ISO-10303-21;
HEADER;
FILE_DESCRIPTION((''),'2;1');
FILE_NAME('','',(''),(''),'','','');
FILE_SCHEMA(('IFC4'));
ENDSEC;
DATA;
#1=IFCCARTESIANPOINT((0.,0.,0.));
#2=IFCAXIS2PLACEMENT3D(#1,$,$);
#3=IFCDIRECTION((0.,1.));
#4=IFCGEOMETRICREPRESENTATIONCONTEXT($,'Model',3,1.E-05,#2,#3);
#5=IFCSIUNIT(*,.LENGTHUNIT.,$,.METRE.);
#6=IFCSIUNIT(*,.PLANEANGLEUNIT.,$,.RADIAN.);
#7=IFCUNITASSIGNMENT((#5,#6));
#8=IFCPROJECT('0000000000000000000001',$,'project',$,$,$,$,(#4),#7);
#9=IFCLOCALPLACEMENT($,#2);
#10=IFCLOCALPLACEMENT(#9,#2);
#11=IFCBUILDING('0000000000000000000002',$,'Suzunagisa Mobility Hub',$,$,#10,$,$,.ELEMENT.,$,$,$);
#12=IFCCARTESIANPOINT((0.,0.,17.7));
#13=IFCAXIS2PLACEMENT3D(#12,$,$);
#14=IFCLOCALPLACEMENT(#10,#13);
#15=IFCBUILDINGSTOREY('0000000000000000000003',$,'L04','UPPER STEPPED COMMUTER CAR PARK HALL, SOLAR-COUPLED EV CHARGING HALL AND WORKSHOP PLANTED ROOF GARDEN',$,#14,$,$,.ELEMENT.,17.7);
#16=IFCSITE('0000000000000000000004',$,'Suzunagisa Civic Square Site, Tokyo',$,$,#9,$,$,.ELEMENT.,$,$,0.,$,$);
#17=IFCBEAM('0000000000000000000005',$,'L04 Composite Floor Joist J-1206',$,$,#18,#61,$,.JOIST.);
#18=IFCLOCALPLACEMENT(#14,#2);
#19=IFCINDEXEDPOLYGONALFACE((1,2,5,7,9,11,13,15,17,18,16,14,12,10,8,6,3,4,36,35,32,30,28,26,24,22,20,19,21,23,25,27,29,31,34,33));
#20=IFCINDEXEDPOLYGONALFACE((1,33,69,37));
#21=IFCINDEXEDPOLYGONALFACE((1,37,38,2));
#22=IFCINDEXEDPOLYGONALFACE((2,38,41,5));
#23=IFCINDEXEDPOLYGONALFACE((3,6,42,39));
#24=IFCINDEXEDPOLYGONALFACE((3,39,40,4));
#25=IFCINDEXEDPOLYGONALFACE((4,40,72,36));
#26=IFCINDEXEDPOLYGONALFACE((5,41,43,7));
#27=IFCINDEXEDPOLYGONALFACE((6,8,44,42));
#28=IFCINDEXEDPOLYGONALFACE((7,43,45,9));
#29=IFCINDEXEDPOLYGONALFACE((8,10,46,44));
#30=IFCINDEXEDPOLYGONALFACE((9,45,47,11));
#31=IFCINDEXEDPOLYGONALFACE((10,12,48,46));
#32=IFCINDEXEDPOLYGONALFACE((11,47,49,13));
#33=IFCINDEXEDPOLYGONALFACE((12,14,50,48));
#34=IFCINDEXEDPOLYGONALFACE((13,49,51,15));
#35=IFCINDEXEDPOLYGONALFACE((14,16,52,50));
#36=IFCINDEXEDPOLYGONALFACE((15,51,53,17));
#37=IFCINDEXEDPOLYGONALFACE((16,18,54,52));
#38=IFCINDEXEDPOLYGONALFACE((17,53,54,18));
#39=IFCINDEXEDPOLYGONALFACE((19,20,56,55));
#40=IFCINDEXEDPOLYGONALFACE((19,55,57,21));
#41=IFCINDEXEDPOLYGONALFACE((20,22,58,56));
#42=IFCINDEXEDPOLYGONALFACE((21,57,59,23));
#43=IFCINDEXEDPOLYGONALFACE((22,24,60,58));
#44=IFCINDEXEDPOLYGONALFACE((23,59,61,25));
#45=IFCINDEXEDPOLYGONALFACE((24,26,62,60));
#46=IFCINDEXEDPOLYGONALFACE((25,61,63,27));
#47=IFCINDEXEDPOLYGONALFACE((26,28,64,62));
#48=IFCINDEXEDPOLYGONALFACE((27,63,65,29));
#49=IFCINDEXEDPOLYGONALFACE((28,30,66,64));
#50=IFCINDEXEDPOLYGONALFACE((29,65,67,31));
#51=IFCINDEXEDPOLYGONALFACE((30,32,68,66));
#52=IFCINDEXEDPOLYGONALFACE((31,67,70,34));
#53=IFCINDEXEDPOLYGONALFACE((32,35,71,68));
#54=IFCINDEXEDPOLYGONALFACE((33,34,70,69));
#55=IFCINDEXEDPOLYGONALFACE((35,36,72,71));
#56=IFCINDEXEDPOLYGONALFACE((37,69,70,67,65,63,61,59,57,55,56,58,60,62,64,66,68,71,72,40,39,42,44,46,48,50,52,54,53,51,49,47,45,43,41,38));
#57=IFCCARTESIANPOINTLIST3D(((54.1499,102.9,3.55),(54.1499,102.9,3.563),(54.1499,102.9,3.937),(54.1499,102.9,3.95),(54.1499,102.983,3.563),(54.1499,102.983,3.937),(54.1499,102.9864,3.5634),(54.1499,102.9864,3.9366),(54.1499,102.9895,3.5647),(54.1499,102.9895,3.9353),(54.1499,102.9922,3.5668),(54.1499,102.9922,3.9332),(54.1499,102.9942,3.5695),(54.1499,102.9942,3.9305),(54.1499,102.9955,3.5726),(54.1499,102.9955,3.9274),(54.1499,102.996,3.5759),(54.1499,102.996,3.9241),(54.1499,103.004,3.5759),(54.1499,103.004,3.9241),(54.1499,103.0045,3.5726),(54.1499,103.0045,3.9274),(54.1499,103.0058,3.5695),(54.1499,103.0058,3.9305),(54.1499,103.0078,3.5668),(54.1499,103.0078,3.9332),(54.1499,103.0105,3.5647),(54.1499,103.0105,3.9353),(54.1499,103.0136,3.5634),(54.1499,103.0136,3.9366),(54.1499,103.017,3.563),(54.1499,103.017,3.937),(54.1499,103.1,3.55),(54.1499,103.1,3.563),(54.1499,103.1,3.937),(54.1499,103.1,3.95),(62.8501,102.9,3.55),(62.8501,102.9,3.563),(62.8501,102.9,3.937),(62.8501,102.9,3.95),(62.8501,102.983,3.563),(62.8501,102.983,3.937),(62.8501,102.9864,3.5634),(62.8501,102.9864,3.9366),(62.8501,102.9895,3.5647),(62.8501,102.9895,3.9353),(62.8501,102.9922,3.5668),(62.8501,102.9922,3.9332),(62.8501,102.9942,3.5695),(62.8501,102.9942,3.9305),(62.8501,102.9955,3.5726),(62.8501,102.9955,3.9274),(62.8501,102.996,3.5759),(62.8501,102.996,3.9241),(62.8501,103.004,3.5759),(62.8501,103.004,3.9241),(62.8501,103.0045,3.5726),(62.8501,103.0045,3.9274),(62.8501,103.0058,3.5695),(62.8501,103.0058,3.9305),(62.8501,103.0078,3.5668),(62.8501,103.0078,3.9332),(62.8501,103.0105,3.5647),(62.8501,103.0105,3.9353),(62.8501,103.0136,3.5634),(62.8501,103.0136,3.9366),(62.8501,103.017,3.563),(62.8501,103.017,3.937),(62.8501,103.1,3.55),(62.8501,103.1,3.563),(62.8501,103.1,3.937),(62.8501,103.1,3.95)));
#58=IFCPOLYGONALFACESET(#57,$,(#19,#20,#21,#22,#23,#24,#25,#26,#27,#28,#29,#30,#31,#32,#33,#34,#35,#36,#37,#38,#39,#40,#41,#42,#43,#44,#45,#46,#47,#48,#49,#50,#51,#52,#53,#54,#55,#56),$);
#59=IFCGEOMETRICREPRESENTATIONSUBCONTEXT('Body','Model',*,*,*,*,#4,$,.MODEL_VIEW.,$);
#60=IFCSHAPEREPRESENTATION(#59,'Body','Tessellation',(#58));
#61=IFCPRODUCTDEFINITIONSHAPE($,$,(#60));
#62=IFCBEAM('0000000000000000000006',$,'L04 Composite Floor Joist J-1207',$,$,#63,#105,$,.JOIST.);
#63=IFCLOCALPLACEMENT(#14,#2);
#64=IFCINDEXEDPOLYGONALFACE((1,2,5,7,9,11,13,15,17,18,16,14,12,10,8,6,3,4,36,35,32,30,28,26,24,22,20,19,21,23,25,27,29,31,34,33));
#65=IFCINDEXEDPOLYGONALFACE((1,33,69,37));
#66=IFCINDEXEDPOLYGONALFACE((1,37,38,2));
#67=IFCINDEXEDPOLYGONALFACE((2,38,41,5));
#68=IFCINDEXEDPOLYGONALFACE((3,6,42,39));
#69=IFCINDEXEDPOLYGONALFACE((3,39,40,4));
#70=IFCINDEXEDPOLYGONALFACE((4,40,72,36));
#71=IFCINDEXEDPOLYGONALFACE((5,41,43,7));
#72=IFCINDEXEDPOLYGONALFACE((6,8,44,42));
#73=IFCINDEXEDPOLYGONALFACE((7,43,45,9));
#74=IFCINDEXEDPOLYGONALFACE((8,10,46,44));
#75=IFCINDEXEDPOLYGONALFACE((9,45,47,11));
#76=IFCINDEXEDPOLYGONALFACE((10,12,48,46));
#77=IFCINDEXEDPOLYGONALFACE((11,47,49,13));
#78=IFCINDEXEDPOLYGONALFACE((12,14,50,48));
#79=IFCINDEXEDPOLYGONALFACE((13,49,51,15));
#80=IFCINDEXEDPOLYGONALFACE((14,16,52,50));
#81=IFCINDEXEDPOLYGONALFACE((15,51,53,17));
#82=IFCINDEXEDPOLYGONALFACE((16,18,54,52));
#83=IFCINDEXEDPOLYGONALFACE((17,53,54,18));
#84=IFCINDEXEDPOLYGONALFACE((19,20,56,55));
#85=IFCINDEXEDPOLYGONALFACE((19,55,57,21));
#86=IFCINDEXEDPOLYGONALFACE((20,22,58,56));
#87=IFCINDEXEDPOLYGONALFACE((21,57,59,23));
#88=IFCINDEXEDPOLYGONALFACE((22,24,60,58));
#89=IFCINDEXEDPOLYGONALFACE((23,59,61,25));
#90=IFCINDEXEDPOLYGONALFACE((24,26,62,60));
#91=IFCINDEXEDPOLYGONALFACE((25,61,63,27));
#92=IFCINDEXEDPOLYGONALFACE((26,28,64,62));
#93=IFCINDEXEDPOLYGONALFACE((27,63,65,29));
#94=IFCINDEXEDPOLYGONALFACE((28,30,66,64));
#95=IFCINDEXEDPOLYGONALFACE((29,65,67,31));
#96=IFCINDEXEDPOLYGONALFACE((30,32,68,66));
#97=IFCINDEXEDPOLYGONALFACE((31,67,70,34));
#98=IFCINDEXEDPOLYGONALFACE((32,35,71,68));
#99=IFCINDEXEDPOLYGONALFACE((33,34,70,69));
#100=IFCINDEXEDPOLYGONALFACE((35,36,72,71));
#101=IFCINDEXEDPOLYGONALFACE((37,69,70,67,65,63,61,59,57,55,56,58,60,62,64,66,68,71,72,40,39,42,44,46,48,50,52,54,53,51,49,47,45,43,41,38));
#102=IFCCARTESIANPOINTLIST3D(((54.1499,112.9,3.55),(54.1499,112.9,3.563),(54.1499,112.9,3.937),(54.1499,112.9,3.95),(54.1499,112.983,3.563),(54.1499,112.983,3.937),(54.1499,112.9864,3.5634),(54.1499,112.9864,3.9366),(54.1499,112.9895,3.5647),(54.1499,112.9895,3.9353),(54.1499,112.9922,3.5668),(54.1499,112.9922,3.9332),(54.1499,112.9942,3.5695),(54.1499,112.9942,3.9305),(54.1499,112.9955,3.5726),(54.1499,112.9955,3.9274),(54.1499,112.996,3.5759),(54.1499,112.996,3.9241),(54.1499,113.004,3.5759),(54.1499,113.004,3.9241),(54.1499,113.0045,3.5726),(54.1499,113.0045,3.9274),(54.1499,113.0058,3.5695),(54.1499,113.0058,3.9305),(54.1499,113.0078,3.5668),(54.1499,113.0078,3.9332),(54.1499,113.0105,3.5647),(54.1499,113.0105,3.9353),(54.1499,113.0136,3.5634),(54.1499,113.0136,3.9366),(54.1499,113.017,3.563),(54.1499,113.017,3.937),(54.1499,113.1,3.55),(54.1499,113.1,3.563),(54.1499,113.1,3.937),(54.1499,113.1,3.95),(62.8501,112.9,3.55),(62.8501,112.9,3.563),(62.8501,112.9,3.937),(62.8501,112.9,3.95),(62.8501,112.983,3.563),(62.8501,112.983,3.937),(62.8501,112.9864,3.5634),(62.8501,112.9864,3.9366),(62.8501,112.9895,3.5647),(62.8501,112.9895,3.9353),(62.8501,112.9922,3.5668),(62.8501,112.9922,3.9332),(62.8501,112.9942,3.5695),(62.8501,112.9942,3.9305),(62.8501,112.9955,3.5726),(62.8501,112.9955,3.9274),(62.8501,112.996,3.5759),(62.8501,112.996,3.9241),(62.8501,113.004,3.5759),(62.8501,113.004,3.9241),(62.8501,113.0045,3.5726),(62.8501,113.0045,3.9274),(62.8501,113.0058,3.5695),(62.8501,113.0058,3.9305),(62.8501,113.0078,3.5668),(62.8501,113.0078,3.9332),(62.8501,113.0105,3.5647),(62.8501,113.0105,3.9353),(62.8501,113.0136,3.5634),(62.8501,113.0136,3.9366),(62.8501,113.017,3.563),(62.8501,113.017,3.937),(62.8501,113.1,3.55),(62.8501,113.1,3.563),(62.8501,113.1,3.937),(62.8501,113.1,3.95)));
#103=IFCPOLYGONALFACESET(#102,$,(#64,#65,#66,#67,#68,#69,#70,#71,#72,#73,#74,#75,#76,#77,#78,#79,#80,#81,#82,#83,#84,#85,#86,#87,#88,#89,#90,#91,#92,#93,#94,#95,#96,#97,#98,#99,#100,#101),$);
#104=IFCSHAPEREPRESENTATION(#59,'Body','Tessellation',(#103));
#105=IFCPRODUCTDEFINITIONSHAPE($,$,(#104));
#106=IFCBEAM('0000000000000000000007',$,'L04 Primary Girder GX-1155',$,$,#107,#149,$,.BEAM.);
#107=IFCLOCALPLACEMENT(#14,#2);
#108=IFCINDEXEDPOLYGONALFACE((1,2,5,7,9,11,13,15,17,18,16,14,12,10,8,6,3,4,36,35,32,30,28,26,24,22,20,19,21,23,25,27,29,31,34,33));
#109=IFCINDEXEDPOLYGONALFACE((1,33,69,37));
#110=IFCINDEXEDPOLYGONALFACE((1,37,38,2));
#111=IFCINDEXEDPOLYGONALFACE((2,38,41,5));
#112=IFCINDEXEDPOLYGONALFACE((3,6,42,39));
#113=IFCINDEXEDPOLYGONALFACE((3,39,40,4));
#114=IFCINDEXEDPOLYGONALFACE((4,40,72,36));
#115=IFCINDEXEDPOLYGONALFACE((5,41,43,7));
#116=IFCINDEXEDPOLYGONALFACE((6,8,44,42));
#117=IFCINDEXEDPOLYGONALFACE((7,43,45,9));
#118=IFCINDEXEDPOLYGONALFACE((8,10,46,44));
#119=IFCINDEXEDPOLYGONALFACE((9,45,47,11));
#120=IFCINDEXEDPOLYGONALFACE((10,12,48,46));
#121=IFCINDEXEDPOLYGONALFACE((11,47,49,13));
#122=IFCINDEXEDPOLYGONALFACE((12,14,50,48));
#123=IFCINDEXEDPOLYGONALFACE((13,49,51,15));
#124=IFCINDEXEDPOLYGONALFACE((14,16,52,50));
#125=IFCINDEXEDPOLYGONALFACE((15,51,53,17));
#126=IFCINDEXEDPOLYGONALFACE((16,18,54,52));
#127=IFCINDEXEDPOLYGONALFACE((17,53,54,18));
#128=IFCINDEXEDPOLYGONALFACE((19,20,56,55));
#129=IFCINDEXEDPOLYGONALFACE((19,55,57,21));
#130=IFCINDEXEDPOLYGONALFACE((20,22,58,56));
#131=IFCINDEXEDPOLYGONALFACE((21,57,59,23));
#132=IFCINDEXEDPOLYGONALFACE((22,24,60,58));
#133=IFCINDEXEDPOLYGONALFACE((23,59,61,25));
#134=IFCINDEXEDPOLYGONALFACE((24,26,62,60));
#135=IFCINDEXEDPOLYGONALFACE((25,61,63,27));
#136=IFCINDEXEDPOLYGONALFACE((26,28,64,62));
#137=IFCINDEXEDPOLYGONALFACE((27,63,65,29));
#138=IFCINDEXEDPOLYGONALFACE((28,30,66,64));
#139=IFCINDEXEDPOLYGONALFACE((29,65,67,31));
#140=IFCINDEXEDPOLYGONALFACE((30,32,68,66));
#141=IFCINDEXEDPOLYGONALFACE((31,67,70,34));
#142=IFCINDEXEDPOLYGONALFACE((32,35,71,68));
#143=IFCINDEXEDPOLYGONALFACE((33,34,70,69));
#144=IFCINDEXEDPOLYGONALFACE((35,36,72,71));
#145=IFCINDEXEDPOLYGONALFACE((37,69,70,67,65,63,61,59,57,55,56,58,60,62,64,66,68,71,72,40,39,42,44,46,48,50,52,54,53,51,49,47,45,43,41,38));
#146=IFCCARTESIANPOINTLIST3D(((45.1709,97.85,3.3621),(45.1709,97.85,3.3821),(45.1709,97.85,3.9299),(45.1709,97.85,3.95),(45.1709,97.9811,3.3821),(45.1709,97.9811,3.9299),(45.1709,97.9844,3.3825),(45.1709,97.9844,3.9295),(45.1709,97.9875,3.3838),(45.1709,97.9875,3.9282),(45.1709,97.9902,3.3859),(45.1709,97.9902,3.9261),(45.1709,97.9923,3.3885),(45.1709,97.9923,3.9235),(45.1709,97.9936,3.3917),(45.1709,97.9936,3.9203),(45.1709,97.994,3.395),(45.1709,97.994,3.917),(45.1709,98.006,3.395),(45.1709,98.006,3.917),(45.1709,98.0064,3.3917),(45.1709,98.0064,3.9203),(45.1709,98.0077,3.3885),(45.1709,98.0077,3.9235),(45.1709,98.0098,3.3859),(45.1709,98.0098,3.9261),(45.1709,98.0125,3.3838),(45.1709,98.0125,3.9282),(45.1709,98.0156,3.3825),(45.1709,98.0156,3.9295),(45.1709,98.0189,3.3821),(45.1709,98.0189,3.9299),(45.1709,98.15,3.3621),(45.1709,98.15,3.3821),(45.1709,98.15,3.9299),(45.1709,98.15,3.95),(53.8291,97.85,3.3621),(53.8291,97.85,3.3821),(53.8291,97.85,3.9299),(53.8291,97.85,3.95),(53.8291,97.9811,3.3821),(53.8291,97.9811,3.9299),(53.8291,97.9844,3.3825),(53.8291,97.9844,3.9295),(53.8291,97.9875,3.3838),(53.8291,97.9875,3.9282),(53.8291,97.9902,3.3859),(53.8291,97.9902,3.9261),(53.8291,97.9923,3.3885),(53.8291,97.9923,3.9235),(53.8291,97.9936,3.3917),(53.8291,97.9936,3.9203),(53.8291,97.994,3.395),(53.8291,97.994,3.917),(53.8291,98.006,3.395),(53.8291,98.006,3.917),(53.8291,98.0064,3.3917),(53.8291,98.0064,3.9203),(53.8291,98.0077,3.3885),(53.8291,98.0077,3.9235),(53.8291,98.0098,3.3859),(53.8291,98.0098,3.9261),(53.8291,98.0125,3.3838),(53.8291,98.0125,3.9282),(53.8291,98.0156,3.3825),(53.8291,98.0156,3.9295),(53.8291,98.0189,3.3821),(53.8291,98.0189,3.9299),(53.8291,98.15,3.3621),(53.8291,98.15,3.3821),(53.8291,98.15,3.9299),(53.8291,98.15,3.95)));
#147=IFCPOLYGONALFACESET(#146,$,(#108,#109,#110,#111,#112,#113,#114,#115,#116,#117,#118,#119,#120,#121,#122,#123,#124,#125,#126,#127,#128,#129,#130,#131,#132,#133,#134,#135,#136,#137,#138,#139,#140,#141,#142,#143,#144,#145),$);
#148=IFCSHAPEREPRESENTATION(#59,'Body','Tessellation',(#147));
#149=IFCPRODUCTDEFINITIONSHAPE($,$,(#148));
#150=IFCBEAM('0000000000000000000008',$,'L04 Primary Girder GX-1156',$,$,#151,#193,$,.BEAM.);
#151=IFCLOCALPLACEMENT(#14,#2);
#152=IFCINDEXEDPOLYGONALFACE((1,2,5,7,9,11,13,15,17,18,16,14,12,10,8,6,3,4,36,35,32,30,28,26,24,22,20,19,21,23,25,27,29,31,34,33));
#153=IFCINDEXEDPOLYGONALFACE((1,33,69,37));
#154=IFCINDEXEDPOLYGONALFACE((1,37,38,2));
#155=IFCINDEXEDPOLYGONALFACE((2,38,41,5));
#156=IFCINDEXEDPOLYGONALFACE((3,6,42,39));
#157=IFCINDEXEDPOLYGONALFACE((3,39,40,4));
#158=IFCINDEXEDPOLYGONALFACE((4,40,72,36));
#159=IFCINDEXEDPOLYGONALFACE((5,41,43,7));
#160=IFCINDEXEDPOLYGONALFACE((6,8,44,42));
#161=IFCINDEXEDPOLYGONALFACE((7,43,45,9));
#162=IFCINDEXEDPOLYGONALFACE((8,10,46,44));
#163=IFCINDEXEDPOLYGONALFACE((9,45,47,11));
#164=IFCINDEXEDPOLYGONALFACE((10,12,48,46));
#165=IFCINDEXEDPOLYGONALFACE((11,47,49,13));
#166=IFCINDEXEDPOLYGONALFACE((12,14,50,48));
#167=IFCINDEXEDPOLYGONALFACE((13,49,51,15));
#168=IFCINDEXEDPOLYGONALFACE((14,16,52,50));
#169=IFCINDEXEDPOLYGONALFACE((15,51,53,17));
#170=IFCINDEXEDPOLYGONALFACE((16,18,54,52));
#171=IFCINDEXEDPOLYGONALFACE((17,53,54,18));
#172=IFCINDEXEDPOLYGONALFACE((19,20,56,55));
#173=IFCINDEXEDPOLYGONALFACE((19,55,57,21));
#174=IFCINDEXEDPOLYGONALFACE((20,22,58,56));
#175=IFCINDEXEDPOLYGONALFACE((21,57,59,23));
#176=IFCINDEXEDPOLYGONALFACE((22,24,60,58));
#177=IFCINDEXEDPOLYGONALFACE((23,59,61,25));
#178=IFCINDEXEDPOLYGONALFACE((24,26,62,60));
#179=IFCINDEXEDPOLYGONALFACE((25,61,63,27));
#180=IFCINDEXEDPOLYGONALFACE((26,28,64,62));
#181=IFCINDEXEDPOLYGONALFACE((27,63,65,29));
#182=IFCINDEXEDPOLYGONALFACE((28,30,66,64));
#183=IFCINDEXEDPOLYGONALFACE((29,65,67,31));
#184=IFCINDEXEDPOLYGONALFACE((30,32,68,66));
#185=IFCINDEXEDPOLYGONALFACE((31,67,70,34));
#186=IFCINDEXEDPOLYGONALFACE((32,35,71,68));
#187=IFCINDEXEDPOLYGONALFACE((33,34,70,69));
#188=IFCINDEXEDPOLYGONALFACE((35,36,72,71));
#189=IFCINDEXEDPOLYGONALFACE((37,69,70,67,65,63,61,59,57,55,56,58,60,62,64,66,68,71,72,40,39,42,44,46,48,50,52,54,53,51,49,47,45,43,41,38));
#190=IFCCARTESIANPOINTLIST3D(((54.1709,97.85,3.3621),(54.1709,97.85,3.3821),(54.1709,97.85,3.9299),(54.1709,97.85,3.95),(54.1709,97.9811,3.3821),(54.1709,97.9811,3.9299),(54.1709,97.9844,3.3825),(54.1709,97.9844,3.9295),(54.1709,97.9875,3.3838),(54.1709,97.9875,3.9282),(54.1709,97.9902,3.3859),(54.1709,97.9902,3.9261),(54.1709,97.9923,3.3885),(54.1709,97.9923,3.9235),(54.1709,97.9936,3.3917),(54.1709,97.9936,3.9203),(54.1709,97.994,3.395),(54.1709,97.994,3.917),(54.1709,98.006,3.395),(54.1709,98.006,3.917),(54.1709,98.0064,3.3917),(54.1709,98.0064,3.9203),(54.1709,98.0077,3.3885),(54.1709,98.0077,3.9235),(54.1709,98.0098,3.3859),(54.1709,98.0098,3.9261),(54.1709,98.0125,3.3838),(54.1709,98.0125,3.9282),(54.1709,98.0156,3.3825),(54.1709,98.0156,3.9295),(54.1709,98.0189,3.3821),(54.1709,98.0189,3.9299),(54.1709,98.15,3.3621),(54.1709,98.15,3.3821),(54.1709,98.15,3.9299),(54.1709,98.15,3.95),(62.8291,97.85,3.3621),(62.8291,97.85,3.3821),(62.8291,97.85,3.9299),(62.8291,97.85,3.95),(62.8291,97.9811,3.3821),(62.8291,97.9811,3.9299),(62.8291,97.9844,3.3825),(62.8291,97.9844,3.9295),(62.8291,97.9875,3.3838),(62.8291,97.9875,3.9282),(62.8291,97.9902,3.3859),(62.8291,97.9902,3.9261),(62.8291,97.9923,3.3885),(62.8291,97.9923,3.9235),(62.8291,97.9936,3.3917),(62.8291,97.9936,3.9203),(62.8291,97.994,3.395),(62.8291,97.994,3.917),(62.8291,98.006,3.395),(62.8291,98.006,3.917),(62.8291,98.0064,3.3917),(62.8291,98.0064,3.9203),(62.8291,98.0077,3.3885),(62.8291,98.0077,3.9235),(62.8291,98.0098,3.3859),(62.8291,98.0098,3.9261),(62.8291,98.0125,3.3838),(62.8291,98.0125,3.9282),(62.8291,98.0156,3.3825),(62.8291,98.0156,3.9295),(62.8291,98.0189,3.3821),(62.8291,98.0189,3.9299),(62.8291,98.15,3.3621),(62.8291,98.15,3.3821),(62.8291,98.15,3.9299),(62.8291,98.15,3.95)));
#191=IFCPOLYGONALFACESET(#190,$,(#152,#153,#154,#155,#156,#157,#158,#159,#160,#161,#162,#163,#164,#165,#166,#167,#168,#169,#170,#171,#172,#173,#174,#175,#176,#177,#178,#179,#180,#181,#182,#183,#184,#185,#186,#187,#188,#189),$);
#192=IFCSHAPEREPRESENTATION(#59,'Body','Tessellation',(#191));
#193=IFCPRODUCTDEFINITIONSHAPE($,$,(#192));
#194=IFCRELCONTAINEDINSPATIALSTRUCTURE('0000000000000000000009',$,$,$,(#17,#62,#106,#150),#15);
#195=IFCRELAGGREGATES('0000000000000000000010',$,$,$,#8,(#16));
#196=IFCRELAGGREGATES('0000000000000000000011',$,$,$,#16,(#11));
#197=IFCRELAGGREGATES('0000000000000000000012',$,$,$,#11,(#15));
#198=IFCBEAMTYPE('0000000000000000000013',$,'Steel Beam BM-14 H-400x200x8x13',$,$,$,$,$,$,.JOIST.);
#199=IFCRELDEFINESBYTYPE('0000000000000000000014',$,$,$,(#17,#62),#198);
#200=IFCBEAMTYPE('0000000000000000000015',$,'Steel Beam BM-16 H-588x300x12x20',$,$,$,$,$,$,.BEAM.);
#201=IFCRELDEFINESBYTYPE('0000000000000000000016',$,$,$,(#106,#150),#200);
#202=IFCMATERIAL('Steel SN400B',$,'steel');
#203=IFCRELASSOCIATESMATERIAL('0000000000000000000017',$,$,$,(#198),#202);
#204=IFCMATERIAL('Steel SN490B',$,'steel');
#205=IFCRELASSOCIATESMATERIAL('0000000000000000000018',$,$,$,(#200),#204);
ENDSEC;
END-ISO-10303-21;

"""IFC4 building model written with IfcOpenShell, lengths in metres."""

from ifc_helpers import new_model, si_unit, direction, frame, origin, origin_2d, place, context, subcontext, project, spatial, i_section, extrude, material, material_profile, profile_set, type_object, element, save


model = new_model("IFC4")

# Units and contexts
model_context = context("Model", 3, precision=1e-05, world=origin(), true_north=direction((0.0, 1.0)))
body_context = subcontext(model_context, "Body", "Model", "MODEL_VIEW")
ifc_project = project(units=[si_unit("LENGTHUNIT", "METRE"), si_unit("PLANEANGLEUNIT", "RADIAN")], contexts=[model_context])

# Site, building, storey
site_placement = place(None, origin())
site = spatial("IfcSite", under=ifc_project, at=site_placement, Name="Suzunagisa Civic Square Site, Tokyo", CompositionType="ELEMENT", RefElevation=0.0)
building_placement = place(site_placement, origin())
building = spatial("IfcBuilding", under=site, at=building_placement, Name="Suzunagisa Mobility Hub", CompositionType="ELEMENT")
storey_placement = place(building_placement, frame((0.0, 0.0, 17.7)))
storey = spatial("IfcBuildingStorey", under=building, at=storey_placement, Name="L04", Description="UPPER STEPPED COMMUTER CAR PARK HALL, SOLAR-COUPLED EV CHARGING HALL AND WORKSHOP PLANTED ROOF GARDEN", CompositionType="ELEMENT", Elevation=17.7)

# Shared definitions
ifc_material_1 = material(Name="Steel SN490B", Category="steel")

# Beams
ifc_material_2 = material(Name="Steel SN400B", Category="steel")
ifc_material_profile_1 = material_profile(ifc_material_2, i_section(OverallWidth=0.2, OverallDepth=0.3999, WebThickness=0.0081, FlangeThickness=0.0129, FilletRadius=0.0129, at=origin_2d()), Name="H-400x200x8x13")
ifc_profile_set_1 = profile_set([ifc_material_profile_1], Name="Steel SN400B")
beam_type_1 = type_object("IfcBeamType", Name="Steel Beam BM-14 H-400x200x8x13", PredefinedType="JOIST", material=ifc_profile_set_1)
for number, where, z_axis, x_axis, name in (
    (1, (54.1499, 103.0, 3.75), (1.0, 0.0, 0.0), (0.0, 1.0, 0.0), "L04 Composite Floor Joist J-1206"),
    (2, (54.1499, 113.0, 3.75), (1.0, 0.0, 0.0), (0.0, 1.0, 0.0), "L04 Composite Floor Joist J-1207"),
):
    element("IfcBeam", number, at=place(storey_placement, frame(where, z_axis=z_axis, x_axis=x_axis)), inside=storey, type_object=beam_type_1, Name=name, PredefinedType="JOIST", context=body_context, shape_type="SweptSolid", body=[
        extrude(i_section(OverallWidth=0.2, OverallDepth=0.3999, WebThickness=0.0081, FlangeThickness=0.0129, FilletRadius=0.0129, at=origin_2d()), origin(), (0.0, 0.0, 1.0), 8.7002),
    ])
ifc_material_profile_2 = material_profile(ifc_material_1, i_section(OverallWidth=0.3, OverallDepth=0.5879, WebThickness=0.012, FlangeThickness=0.02, FilletRadius=0.0129, at=origin_2d()), Name="H-588x300x12x20")
ifc_profile_set_2 = profile_set([ifc_material_profile_2], Name="Steel SN490B")
beam_type_2 = type_object("IfcBeamType", Name="Steel Beam BM-16 H-588x300x12x20", PredefinedType="BEAM", material=ifc_profile_set_2)
for number, where, z_axis, x_axis, name in (
    (3, (45.1709, 98.0, 3.656), (1.0, 0.0, 0.0), (0.0, 1.0, 0.0), "L04 Primary Girder GX-1155"),
    (4, (54.1709, 98.0, 3.656), (1.0, 0.0, 0.0), (0.0, 1.0, 0.0), "L04 Primary Girder GX-1156"),
):
    element("IfcBeam", number, at=place(storey_placement, frame(where, z_axis=z_axis, x_axis=x_axis)), inside=storey, type_object=beam_type_2, Name=name, PredefinedType="BEAM", context=body_context, shape_type="SweptSolid", body=[
        extrude(i_section(OverallWidth=0.3, OverallDepth=0.5879, WebThickness=0.012, FlangeThickness=0.02, FilletRadius=0.0129, at=origin_2d()), origin(), (0.0, 0.0, 1.0), 8.6582),
    ])

save(model, "model.ifc")
